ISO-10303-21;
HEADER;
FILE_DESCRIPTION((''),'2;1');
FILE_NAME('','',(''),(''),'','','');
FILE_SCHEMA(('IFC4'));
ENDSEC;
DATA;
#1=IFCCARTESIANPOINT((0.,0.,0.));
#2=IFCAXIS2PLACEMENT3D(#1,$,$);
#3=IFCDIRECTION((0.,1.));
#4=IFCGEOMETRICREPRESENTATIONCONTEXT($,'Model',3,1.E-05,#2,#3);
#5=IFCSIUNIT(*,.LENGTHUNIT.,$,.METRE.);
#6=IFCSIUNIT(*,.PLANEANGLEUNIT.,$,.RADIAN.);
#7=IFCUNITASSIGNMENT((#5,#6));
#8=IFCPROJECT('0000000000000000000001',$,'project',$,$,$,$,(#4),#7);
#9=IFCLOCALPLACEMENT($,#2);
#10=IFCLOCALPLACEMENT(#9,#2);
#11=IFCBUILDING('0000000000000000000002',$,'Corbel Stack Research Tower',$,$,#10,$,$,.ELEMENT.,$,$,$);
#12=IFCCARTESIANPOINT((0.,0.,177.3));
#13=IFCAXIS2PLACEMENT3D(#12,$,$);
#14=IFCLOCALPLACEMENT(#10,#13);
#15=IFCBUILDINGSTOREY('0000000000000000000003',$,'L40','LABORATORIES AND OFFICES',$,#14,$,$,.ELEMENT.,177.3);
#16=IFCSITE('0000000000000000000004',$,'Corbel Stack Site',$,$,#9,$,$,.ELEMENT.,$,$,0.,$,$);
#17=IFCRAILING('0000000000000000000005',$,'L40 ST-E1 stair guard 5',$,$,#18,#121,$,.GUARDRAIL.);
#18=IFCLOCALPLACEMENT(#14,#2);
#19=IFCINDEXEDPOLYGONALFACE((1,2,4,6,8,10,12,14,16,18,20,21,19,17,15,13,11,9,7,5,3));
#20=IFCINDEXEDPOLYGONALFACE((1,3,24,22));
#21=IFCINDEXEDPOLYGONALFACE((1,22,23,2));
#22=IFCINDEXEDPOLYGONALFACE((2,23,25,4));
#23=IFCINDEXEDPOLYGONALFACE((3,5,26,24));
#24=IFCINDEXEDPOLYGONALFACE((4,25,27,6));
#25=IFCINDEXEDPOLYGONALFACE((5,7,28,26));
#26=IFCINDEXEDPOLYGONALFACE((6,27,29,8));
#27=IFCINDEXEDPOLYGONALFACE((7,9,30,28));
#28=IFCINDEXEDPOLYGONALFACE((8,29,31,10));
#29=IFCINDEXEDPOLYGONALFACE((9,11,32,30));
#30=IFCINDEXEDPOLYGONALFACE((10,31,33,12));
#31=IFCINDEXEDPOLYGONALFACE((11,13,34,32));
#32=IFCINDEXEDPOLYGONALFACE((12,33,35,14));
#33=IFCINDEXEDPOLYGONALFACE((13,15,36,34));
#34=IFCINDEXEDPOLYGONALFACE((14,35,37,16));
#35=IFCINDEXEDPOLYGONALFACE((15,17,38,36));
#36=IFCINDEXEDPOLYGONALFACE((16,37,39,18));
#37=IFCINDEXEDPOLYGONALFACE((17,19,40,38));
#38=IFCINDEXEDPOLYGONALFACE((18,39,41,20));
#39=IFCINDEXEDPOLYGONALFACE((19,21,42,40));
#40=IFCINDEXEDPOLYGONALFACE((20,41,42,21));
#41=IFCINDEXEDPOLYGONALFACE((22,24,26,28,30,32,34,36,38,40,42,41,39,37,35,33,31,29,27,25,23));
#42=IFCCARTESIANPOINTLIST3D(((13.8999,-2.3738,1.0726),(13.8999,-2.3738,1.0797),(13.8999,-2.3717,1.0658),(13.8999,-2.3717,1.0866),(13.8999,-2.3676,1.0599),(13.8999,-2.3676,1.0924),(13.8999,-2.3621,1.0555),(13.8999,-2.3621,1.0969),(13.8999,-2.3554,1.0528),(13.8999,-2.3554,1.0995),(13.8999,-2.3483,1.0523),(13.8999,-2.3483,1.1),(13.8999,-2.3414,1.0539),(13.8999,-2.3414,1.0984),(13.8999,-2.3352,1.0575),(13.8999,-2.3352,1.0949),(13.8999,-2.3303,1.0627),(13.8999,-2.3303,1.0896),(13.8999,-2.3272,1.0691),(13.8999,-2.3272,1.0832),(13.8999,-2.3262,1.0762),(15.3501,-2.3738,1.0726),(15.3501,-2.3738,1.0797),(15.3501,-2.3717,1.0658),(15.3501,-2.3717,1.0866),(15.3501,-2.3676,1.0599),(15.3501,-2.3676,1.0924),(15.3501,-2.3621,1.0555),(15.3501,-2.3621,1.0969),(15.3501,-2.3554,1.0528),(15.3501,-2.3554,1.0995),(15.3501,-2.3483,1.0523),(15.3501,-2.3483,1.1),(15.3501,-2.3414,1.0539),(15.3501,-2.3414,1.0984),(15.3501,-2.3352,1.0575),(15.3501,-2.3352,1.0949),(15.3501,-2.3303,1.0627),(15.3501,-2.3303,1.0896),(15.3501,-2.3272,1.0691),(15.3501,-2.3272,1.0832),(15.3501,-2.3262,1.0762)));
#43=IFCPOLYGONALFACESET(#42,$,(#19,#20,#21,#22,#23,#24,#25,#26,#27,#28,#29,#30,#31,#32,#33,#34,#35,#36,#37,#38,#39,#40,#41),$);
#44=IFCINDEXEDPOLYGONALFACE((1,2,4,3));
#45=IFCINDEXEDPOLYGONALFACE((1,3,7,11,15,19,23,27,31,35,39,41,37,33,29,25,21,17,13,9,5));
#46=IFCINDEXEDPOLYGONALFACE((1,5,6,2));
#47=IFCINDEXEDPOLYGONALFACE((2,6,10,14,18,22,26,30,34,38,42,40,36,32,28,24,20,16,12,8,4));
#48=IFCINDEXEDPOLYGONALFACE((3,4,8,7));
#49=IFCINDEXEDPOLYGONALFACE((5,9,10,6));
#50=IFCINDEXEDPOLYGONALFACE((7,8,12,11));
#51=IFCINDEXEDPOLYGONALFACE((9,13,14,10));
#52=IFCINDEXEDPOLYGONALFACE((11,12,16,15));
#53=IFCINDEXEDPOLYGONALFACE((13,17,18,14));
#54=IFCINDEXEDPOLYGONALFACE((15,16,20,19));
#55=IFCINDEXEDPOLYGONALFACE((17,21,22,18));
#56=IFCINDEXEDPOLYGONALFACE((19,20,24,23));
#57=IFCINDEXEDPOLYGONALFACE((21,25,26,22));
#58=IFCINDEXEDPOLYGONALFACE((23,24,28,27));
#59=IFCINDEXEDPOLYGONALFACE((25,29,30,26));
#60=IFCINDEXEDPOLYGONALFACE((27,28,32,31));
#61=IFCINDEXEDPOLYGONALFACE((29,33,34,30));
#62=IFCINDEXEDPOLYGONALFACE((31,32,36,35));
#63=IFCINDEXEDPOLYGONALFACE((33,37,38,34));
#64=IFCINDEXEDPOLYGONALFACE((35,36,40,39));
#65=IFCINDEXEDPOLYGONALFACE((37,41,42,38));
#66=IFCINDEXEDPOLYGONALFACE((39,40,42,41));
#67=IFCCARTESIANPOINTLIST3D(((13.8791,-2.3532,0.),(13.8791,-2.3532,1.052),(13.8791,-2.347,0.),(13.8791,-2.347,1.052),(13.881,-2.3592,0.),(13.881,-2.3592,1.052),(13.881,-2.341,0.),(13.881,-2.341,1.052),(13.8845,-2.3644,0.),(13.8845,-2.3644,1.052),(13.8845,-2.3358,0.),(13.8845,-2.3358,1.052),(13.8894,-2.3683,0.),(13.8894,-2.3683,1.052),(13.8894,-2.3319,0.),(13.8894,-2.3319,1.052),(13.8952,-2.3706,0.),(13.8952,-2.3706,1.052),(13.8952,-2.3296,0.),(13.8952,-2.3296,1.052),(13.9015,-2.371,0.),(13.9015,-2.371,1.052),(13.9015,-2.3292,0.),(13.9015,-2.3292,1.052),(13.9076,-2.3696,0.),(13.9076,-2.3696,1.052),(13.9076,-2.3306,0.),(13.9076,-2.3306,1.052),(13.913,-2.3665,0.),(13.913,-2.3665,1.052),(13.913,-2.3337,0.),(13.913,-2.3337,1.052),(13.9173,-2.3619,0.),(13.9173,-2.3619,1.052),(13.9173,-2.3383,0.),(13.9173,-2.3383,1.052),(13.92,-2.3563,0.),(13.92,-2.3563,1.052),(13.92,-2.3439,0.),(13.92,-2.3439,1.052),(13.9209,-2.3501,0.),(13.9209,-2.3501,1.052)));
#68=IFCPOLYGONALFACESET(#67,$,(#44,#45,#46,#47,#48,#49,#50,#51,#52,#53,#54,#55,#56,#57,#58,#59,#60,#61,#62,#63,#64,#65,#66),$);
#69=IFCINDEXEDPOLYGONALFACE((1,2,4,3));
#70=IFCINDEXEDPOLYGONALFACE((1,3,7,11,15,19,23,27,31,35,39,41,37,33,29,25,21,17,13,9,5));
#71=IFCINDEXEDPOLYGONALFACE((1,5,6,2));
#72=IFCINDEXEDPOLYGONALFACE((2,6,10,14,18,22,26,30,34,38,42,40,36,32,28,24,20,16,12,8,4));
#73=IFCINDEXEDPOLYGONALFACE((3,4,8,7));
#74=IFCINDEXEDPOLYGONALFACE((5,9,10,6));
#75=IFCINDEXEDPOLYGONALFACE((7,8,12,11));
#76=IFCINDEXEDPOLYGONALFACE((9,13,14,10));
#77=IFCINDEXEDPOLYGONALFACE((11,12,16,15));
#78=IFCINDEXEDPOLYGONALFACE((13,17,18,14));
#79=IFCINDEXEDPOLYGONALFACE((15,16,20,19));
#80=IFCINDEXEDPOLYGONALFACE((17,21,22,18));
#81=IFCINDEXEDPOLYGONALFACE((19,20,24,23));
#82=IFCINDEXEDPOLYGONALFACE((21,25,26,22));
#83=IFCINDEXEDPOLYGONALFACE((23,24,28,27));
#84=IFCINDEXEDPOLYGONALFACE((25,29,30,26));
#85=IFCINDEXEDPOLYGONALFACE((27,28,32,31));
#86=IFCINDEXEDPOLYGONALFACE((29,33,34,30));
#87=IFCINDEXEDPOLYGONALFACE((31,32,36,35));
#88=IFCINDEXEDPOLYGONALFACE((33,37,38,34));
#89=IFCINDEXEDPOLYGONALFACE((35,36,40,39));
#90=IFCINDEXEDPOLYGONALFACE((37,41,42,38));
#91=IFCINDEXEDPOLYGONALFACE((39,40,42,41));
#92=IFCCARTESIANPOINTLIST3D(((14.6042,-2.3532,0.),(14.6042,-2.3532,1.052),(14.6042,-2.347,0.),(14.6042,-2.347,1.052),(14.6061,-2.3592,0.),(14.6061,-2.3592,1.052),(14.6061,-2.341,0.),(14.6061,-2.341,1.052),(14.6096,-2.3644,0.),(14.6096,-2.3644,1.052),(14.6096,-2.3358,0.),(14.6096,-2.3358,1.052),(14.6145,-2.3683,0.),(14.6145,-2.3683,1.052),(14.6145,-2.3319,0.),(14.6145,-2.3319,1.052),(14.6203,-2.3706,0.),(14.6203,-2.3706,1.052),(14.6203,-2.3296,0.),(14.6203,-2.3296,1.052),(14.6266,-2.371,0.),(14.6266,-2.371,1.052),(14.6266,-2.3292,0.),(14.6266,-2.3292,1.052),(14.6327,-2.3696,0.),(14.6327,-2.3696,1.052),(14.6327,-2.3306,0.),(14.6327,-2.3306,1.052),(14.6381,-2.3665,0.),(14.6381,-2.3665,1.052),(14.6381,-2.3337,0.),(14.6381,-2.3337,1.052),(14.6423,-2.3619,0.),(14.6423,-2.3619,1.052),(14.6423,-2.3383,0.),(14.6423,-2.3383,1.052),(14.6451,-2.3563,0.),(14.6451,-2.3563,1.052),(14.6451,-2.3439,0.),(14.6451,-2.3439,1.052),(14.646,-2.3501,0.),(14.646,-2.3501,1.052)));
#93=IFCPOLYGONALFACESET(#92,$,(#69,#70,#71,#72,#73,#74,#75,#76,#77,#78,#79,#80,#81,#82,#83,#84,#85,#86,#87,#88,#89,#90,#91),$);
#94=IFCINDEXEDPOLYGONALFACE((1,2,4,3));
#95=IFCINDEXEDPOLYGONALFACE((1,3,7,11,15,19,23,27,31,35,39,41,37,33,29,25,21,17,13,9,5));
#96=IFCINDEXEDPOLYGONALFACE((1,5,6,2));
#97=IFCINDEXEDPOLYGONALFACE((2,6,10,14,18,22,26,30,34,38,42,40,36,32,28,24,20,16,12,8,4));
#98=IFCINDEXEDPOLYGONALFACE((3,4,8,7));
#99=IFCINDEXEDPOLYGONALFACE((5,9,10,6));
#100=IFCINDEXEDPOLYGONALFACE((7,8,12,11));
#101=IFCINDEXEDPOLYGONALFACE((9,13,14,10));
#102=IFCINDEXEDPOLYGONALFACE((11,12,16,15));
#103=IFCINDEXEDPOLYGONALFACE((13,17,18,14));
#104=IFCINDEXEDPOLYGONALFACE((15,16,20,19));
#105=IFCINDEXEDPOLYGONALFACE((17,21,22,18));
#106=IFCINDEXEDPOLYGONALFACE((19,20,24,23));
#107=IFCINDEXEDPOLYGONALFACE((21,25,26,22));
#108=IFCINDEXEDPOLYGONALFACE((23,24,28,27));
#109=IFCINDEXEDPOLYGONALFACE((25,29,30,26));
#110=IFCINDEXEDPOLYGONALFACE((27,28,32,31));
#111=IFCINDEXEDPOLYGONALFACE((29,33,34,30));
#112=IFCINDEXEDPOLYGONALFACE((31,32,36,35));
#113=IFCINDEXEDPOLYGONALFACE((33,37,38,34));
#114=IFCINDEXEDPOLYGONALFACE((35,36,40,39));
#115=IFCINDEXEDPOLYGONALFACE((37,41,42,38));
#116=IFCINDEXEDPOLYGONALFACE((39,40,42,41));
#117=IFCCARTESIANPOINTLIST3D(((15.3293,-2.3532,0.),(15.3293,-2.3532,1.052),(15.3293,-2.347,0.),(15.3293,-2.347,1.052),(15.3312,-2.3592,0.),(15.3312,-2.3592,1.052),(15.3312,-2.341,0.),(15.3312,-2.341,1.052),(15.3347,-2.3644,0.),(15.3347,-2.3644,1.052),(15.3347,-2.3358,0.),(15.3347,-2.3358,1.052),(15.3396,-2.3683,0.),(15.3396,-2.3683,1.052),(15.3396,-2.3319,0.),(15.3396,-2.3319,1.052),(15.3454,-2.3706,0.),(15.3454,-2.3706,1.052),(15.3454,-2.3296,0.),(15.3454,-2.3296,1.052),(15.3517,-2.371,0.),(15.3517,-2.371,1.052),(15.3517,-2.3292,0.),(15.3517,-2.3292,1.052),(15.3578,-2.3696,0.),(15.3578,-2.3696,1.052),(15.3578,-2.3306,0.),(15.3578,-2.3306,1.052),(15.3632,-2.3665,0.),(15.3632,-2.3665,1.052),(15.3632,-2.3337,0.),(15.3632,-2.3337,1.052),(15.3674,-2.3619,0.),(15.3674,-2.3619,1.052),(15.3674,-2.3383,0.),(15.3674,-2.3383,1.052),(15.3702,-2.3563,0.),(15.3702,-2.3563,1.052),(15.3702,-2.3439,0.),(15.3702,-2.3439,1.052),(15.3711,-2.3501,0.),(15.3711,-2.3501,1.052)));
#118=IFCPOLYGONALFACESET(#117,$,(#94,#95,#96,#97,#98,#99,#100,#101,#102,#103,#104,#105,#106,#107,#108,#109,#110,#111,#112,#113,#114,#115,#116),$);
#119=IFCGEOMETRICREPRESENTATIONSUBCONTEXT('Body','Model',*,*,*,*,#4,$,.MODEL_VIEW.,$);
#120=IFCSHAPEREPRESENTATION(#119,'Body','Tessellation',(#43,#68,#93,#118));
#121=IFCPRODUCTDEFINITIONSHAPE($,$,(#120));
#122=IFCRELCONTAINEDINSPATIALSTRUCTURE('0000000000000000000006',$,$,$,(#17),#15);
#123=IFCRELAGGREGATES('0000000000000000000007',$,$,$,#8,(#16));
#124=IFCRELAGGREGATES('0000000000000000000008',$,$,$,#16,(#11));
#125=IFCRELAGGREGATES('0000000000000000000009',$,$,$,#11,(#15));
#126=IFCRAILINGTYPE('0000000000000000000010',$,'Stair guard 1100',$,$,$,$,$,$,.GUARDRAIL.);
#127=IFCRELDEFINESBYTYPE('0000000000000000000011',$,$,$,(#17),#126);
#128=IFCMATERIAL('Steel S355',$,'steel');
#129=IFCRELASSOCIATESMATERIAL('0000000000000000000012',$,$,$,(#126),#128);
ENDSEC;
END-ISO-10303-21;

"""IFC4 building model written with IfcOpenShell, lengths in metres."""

from ifc_helpers import new_model, si_unit, direction, frame, origin, origin_2d, place, context, subcontext, project, spatial, circle, extrude, material, type_object, element, save


model = new_model("IFC4")

# Units and contexts
model_context = context("Model", 3, precision=1e-05, world=origin(), true_north=direction((0.0, 1.0)))
body_context = subcontext(model_context, "Body", "Model", "MODEL_VIEW")
ifc_project = project(units=[si_unit("LENGTHUNIT", "METRE"), si_unit("PLANEANGLEUNIT", "RADIAN")], contexts=[model_context])

# Site, building, storey
site_placement = place(None, origin())
site = spatial("IfcSite", under=ifc_project, at=site_placement, Name="Corbel Stack Site", CompositionType="ELEMENT", RefElevation=0.0)
building_placement = place(site_placement, origin())
building = spatial("IfcBuilding", under=site, at=building_placement, Name="Corbel Stack Research Tower", CompositionType="ELEMENT")
storey_placement = place(building_placement, frame((0.0, 0.0, 177.3)))
storey = spatial("IfcBuildingStorey", under=building, at=storey_placement, Name="L40", Description="LABORATORIES AND OFFICES", CompositionType="ELEMENT", Elevation=177.3)

# Railing
ifc_material_1 = material(Name="Steel S355", Category="steel")
railing_type_1 = type_object("IfcRailingType", Name="Stair guard 1100", PredefinedType="GUARDRAIL", material=ifc_material_1)
railing_1_placement = place(storey_placement, frame((13.8999, -2.3501, 0.0)))
element("IfcRailing", 1, at=railing_1_placement, inside=storey, type_object=railing_type_1, Name="L40 ST-E1 stair guard 5", PredefinedType="GUARDRAIL", context=body_context, shape_type="SweptSolid", body=[
    extrude(circle(Radius=0.0239, at=origin_2d()), frame((0.0, 0.0, 1.0762), z_axis=(1.0, 0.0, 0.0), x_axis=(0.0, 1.0, 0.0)), (0.0, 0.0, 1.0), 1.4502),
    extrude(circle(Radius=0.021, at=origin_2d()), origin(), (0.0, 0.0, 1.0), 1.052),
    extrude(circle(Radius=0.021, at=origin_2d()), frame((0.7251, 0.0, 0.0)), (0.0, 0.0, 1.0), 1.052),
    extrude(circle(Radius=0.021, at=origin_2d()), frame((1.4502, 0.0, 0.0)), (0.0, 0.0, 1.0), 1.052),
])

save(model, "model.ifc")
